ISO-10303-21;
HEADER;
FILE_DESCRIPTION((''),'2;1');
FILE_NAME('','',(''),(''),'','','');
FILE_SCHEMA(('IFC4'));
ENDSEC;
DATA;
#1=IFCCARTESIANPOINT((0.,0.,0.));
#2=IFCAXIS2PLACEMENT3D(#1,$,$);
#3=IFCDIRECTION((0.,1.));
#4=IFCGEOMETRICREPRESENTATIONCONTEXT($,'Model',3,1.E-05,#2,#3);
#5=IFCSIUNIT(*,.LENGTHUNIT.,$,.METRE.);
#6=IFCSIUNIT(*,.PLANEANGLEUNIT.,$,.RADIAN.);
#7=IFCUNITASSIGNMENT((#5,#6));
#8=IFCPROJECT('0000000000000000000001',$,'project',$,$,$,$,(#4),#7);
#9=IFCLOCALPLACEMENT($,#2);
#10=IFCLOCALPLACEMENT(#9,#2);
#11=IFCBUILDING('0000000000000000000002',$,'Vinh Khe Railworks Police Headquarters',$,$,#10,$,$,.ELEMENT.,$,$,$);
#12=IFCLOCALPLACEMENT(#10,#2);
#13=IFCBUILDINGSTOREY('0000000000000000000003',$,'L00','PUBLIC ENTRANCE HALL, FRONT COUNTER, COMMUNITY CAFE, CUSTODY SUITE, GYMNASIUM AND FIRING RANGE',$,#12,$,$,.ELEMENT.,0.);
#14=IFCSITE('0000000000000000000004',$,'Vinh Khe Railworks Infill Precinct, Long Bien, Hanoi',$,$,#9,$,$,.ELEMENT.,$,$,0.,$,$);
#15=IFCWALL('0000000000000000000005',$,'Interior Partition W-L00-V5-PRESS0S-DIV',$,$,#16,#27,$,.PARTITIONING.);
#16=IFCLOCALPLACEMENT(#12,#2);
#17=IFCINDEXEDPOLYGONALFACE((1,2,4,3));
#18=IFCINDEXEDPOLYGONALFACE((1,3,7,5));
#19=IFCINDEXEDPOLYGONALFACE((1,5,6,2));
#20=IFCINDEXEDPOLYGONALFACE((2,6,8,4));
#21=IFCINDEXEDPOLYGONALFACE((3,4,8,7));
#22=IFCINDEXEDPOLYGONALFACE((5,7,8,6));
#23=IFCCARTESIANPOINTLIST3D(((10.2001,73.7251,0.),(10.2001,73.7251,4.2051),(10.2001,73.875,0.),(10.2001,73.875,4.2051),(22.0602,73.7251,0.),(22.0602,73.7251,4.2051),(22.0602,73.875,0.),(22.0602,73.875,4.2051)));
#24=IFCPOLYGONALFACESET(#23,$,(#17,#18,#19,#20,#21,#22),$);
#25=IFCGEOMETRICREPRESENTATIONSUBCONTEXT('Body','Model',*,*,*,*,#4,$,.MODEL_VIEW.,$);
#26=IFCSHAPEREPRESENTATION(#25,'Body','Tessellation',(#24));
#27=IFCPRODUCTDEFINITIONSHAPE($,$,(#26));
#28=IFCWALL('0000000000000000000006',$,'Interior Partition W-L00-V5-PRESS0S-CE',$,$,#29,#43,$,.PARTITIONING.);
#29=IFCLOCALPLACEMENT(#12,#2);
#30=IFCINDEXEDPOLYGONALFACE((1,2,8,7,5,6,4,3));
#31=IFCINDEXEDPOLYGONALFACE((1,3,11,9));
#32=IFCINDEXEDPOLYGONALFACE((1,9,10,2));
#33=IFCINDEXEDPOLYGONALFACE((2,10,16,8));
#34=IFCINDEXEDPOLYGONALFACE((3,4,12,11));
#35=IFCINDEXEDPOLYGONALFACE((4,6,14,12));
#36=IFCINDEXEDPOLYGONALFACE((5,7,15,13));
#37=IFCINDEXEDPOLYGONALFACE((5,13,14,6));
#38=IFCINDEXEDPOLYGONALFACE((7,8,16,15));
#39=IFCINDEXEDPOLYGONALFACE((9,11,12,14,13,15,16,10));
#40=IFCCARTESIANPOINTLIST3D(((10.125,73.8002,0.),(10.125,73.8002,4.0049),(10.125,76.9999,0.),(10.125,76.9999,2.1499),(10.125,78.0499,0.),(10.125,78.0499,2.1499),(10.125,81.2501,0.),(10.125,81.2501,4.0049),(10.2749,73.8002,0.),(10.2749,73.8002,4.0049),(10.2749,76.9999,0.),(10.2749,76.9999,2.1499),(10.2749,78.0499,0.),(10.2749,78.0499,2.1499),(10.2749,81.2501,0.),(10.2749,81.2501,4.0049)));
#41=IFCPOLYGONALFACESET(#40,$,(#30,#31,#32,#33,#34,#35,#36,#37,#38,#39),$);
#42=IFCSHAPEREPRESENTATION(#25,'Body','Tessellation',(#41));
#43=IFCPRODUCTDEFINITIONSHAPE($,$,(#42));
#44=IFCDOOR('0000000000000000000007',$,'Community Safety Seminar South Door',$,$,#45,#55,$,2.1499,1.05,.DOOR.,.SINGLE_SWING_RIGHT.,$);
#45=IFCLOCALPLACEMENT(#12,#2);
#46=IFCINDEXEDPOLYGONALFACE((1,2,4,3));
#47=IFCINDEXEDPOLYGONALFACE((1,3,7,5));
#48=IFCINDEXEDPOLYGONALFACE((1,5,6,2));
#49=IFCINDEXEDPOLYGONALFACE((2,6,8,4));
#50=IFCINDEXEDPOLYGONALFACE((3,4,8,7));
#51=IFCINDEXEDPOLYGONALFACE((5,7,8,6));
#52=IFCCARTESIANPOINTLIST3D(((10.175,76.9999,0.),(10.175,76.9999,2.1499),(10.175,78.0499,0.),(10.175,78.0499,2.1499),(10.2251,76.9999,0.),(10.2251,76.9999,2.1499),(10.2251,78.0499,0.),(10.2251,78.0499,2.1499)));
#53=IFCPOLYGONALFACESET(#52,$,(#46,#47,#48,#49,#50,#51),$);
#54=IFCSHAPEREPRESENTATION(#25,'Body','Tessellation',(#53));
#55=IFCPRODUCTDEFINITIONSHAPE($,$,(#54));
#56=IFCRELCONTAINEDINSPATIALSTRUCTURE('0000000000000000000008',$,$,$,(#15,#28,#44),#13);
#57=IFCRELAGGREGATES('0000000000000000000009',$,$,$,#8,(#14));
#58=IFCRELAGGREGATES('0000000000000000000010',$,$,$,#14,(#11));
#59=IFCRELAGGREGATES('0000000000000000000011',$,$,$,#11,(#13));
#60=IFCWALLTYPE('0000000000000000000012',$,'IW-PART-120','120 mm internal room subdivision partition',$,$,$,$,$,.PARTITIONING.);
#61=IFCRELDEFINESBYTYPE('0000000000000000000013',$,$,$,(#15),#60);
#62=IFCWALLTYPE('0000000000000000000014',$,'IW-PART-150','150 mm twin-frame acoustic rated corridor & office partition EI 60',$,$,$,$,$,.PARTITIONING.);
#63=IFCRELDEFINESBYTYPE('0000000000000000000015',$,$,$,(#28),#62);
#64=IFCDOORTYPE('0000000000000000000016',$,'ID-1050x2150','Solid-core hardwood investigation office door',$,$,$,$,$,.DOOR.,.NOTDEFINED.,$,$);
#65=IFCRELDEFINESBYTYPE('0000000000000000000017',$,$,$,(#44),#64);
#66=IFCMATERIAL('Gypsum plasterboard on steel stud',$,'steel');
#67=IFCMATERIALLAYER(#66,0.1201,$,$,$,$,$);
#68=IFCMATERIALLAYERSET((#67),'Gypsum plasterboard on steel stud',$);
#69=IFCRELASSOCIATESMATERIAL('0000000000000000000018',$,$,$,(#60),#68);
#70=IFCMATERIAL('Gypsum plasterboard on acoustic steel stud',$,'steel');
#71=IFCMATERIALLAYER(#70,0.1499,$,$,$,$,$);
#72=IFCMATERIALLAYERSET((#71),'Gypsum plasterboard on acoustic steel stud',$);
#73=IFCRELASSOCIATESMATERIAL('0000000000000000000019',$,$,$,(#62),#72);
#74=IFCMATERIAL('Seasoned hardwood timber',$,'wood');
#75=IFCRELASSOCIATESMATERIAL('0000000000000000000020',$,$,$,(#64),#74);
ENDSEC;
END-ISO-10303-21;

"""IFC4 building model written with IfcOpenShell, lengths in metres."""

from ifc_helpers import new_model, si_unit, direction, frame, frame_2d, origin, place, context, subcontext, project, spatial, rectangle, extrude, material, layer, layer_set, type_object, element, fill, save


model = new_model("IFC4")

# Units and contexts
model_context = context("Model", 3, precision=1e-05, world=origin(), true_north=direction((0.0, 1.0)))
body_context = subcontext(model_context, "Body", "Model", "MODEL_VIEW")
ifc_project = project(units=[si_unit("LENGTHUNIT", "METRE"), si_unit("PLANEANGLEUNIT", "RADIAN")], contexts=[model_context])

# Site, building, storey
site_placement = place(None, origin())
site = spatial("IfcSite", under=ifc_project, at=site_placement, Name="Vinh Khe Railworks Infill Precinct, Long Bien, Hanoi", CompositionType="ELEMENT", RefElevation=0.0)
building_placement = place(site_placement, origin())
building = spatial("IfcBuilding", under=site, at=building_placement, Name="Vinh Khe Railworks Police Headquarters", CompositionType="ELEMENT")
storey_placement = place(building_placement, origin())
storey = spatial("IfcBuildingStorey", under=building, at=storey_placement, Name="L00", Description="PUBLIC ENTRANCE HALL, FRONT COUNTER, COMMUNITY CAFE, CUSTODY SUITE, GYMNASIUM AND FIRING RANGE", CompositionType="ELEMENT", Elevation=0.0)

# Wall
ifc_material_1 = material(Name="Gypsum plasterboard on steel stud", Category="steel")
ifc_layer_1 = layer(ifc_material_1, 0.1201)
ifc_layer_set_1 = layer_set([ifc_layer_1], Name="Gypsum plasterboard on steel stud")
wall_type_1 = type_object("IfcWallType", Name="IW-PART-120", Description="120 mm internal room subdivision partition", PredefinedType="PARTITIONING", material=ifc_layer_set_1)
wall_1_placement = place(storey_placement, frame((10.2, 73.8, 0.0), z_axis=(0.0, 0.0, 1.0), x_axis=(1.0, 0.0, 0.0)))
element("IfcWall", 1, at=wall_1_placement, inside=storey, type_object=wall_type_1, Name="Interior Partition W-L00-V5-PRESS0S-DIV", PredefinedType="PARTITIONING", context=body_context, shape_type="SweptSolid", body=[
    extrude(rectangle(XDim=11.8601, YDim=0.1499, at=frame_2d((5.9302, 0.0))), origin(), (0.0, 0.0, 1.0), 4.2051),
])

# Wall, opening, door
ifc_material_2 = material(Name="Gypsum plasterboard on acoustic steel stud", Category="steel")
ifc_layer_2 = layer(ifc_material_2, 0.1499)
ifc_layer_set_2 = layer_set([ifc_layer_2], Name="Gypsum plasterboard on acoustic steel stud")
wall_type_2 = type_object("IfcWallType", Name="IW-PART-150", Description="150 mm twin-frame acoustic rated corridor & office partition EI 60", PredefinedType="PARTITIONING", material=ifc_layer_set_2)
wall_2_placement = place(storey_placement, frame((10.2, 73.8, 0.0), z_axis=(0.0, 0.0, 1.0), x_axis=(0.0, 1.0, 0.0)))
wall_2 = element("IfcWall", 2, at=wall_2_placement, inside=storey, type_object=wall_type_2, Name="Interior Partition W-L00-V5-PRESS0S-CE", PredefinedType="PARTITIONING", context=body_context, shape_type="SweptSolid", body=[
    extrude(rectangle(XDim=7.45, YDim=0.1499, at=frame_2d((3.7251, 0.0))), origin(), (0.0, 0.0, 1.0), 4.0049),
])
opening_1_placement = place(wall_2_placement, frame((3.2, 0.0, 0.0)))
opening_1 = element("IfcOpeningElement", 3, at=opening_1_placement, cuts=wall_2, PredefinedType="OPENING", context=body_context, shape_type="SweptSolid", body=[
    extrude(rectangle(XDim=1.05, YDim=2.1499, at=frame_2d((0.5249, 1.075))), frame((0.0, 0.0898, 0.0), z_axis=(0.0, -1.0, 0.0), x_axis=(1.0, 0.0, 0.0)), (0.0, 0.0, 1.0), 0.1797),
])
ifc_material_3 = material(Name="Seasoned hardwood timber", Category="wood")
door_type_1 = type_object("IfcDoorType", Name="ID-1050x2150", Description="Solid-core hardwood investigation office door", OperationType="NOTDEFINED", PredefinedType="DOOR", material=ifc_material_3)
door_1_placement = place(opening_1_placement, origin())
door_1 = element("IfcDoor", 4, at=door_1_placement, inside=storey, type_object=door_type_1, Name="Community Safety Seminar South Door", OperationType="SINGLE_SWING_RIGHT", OverallHeight=2.1499, OverallWidth=1.05, PredefinedType="DOOR", context=body_context, shape_type="SweptSolid", body=[
    extrude(rectangle(XDim=1.05, YDim=2.1499, at=frame_2d((0.5249, 1.075))), frame((0.0, 0.0249, 0.0), z_axis=(0.0, -1.0, 0.0), x_axis=(1.0, 0.0, 0.0)), (0.0, 0.0, 1.0), 0.05),
])
fill(opening_1, door_1)

save(model, "model.ifc")
